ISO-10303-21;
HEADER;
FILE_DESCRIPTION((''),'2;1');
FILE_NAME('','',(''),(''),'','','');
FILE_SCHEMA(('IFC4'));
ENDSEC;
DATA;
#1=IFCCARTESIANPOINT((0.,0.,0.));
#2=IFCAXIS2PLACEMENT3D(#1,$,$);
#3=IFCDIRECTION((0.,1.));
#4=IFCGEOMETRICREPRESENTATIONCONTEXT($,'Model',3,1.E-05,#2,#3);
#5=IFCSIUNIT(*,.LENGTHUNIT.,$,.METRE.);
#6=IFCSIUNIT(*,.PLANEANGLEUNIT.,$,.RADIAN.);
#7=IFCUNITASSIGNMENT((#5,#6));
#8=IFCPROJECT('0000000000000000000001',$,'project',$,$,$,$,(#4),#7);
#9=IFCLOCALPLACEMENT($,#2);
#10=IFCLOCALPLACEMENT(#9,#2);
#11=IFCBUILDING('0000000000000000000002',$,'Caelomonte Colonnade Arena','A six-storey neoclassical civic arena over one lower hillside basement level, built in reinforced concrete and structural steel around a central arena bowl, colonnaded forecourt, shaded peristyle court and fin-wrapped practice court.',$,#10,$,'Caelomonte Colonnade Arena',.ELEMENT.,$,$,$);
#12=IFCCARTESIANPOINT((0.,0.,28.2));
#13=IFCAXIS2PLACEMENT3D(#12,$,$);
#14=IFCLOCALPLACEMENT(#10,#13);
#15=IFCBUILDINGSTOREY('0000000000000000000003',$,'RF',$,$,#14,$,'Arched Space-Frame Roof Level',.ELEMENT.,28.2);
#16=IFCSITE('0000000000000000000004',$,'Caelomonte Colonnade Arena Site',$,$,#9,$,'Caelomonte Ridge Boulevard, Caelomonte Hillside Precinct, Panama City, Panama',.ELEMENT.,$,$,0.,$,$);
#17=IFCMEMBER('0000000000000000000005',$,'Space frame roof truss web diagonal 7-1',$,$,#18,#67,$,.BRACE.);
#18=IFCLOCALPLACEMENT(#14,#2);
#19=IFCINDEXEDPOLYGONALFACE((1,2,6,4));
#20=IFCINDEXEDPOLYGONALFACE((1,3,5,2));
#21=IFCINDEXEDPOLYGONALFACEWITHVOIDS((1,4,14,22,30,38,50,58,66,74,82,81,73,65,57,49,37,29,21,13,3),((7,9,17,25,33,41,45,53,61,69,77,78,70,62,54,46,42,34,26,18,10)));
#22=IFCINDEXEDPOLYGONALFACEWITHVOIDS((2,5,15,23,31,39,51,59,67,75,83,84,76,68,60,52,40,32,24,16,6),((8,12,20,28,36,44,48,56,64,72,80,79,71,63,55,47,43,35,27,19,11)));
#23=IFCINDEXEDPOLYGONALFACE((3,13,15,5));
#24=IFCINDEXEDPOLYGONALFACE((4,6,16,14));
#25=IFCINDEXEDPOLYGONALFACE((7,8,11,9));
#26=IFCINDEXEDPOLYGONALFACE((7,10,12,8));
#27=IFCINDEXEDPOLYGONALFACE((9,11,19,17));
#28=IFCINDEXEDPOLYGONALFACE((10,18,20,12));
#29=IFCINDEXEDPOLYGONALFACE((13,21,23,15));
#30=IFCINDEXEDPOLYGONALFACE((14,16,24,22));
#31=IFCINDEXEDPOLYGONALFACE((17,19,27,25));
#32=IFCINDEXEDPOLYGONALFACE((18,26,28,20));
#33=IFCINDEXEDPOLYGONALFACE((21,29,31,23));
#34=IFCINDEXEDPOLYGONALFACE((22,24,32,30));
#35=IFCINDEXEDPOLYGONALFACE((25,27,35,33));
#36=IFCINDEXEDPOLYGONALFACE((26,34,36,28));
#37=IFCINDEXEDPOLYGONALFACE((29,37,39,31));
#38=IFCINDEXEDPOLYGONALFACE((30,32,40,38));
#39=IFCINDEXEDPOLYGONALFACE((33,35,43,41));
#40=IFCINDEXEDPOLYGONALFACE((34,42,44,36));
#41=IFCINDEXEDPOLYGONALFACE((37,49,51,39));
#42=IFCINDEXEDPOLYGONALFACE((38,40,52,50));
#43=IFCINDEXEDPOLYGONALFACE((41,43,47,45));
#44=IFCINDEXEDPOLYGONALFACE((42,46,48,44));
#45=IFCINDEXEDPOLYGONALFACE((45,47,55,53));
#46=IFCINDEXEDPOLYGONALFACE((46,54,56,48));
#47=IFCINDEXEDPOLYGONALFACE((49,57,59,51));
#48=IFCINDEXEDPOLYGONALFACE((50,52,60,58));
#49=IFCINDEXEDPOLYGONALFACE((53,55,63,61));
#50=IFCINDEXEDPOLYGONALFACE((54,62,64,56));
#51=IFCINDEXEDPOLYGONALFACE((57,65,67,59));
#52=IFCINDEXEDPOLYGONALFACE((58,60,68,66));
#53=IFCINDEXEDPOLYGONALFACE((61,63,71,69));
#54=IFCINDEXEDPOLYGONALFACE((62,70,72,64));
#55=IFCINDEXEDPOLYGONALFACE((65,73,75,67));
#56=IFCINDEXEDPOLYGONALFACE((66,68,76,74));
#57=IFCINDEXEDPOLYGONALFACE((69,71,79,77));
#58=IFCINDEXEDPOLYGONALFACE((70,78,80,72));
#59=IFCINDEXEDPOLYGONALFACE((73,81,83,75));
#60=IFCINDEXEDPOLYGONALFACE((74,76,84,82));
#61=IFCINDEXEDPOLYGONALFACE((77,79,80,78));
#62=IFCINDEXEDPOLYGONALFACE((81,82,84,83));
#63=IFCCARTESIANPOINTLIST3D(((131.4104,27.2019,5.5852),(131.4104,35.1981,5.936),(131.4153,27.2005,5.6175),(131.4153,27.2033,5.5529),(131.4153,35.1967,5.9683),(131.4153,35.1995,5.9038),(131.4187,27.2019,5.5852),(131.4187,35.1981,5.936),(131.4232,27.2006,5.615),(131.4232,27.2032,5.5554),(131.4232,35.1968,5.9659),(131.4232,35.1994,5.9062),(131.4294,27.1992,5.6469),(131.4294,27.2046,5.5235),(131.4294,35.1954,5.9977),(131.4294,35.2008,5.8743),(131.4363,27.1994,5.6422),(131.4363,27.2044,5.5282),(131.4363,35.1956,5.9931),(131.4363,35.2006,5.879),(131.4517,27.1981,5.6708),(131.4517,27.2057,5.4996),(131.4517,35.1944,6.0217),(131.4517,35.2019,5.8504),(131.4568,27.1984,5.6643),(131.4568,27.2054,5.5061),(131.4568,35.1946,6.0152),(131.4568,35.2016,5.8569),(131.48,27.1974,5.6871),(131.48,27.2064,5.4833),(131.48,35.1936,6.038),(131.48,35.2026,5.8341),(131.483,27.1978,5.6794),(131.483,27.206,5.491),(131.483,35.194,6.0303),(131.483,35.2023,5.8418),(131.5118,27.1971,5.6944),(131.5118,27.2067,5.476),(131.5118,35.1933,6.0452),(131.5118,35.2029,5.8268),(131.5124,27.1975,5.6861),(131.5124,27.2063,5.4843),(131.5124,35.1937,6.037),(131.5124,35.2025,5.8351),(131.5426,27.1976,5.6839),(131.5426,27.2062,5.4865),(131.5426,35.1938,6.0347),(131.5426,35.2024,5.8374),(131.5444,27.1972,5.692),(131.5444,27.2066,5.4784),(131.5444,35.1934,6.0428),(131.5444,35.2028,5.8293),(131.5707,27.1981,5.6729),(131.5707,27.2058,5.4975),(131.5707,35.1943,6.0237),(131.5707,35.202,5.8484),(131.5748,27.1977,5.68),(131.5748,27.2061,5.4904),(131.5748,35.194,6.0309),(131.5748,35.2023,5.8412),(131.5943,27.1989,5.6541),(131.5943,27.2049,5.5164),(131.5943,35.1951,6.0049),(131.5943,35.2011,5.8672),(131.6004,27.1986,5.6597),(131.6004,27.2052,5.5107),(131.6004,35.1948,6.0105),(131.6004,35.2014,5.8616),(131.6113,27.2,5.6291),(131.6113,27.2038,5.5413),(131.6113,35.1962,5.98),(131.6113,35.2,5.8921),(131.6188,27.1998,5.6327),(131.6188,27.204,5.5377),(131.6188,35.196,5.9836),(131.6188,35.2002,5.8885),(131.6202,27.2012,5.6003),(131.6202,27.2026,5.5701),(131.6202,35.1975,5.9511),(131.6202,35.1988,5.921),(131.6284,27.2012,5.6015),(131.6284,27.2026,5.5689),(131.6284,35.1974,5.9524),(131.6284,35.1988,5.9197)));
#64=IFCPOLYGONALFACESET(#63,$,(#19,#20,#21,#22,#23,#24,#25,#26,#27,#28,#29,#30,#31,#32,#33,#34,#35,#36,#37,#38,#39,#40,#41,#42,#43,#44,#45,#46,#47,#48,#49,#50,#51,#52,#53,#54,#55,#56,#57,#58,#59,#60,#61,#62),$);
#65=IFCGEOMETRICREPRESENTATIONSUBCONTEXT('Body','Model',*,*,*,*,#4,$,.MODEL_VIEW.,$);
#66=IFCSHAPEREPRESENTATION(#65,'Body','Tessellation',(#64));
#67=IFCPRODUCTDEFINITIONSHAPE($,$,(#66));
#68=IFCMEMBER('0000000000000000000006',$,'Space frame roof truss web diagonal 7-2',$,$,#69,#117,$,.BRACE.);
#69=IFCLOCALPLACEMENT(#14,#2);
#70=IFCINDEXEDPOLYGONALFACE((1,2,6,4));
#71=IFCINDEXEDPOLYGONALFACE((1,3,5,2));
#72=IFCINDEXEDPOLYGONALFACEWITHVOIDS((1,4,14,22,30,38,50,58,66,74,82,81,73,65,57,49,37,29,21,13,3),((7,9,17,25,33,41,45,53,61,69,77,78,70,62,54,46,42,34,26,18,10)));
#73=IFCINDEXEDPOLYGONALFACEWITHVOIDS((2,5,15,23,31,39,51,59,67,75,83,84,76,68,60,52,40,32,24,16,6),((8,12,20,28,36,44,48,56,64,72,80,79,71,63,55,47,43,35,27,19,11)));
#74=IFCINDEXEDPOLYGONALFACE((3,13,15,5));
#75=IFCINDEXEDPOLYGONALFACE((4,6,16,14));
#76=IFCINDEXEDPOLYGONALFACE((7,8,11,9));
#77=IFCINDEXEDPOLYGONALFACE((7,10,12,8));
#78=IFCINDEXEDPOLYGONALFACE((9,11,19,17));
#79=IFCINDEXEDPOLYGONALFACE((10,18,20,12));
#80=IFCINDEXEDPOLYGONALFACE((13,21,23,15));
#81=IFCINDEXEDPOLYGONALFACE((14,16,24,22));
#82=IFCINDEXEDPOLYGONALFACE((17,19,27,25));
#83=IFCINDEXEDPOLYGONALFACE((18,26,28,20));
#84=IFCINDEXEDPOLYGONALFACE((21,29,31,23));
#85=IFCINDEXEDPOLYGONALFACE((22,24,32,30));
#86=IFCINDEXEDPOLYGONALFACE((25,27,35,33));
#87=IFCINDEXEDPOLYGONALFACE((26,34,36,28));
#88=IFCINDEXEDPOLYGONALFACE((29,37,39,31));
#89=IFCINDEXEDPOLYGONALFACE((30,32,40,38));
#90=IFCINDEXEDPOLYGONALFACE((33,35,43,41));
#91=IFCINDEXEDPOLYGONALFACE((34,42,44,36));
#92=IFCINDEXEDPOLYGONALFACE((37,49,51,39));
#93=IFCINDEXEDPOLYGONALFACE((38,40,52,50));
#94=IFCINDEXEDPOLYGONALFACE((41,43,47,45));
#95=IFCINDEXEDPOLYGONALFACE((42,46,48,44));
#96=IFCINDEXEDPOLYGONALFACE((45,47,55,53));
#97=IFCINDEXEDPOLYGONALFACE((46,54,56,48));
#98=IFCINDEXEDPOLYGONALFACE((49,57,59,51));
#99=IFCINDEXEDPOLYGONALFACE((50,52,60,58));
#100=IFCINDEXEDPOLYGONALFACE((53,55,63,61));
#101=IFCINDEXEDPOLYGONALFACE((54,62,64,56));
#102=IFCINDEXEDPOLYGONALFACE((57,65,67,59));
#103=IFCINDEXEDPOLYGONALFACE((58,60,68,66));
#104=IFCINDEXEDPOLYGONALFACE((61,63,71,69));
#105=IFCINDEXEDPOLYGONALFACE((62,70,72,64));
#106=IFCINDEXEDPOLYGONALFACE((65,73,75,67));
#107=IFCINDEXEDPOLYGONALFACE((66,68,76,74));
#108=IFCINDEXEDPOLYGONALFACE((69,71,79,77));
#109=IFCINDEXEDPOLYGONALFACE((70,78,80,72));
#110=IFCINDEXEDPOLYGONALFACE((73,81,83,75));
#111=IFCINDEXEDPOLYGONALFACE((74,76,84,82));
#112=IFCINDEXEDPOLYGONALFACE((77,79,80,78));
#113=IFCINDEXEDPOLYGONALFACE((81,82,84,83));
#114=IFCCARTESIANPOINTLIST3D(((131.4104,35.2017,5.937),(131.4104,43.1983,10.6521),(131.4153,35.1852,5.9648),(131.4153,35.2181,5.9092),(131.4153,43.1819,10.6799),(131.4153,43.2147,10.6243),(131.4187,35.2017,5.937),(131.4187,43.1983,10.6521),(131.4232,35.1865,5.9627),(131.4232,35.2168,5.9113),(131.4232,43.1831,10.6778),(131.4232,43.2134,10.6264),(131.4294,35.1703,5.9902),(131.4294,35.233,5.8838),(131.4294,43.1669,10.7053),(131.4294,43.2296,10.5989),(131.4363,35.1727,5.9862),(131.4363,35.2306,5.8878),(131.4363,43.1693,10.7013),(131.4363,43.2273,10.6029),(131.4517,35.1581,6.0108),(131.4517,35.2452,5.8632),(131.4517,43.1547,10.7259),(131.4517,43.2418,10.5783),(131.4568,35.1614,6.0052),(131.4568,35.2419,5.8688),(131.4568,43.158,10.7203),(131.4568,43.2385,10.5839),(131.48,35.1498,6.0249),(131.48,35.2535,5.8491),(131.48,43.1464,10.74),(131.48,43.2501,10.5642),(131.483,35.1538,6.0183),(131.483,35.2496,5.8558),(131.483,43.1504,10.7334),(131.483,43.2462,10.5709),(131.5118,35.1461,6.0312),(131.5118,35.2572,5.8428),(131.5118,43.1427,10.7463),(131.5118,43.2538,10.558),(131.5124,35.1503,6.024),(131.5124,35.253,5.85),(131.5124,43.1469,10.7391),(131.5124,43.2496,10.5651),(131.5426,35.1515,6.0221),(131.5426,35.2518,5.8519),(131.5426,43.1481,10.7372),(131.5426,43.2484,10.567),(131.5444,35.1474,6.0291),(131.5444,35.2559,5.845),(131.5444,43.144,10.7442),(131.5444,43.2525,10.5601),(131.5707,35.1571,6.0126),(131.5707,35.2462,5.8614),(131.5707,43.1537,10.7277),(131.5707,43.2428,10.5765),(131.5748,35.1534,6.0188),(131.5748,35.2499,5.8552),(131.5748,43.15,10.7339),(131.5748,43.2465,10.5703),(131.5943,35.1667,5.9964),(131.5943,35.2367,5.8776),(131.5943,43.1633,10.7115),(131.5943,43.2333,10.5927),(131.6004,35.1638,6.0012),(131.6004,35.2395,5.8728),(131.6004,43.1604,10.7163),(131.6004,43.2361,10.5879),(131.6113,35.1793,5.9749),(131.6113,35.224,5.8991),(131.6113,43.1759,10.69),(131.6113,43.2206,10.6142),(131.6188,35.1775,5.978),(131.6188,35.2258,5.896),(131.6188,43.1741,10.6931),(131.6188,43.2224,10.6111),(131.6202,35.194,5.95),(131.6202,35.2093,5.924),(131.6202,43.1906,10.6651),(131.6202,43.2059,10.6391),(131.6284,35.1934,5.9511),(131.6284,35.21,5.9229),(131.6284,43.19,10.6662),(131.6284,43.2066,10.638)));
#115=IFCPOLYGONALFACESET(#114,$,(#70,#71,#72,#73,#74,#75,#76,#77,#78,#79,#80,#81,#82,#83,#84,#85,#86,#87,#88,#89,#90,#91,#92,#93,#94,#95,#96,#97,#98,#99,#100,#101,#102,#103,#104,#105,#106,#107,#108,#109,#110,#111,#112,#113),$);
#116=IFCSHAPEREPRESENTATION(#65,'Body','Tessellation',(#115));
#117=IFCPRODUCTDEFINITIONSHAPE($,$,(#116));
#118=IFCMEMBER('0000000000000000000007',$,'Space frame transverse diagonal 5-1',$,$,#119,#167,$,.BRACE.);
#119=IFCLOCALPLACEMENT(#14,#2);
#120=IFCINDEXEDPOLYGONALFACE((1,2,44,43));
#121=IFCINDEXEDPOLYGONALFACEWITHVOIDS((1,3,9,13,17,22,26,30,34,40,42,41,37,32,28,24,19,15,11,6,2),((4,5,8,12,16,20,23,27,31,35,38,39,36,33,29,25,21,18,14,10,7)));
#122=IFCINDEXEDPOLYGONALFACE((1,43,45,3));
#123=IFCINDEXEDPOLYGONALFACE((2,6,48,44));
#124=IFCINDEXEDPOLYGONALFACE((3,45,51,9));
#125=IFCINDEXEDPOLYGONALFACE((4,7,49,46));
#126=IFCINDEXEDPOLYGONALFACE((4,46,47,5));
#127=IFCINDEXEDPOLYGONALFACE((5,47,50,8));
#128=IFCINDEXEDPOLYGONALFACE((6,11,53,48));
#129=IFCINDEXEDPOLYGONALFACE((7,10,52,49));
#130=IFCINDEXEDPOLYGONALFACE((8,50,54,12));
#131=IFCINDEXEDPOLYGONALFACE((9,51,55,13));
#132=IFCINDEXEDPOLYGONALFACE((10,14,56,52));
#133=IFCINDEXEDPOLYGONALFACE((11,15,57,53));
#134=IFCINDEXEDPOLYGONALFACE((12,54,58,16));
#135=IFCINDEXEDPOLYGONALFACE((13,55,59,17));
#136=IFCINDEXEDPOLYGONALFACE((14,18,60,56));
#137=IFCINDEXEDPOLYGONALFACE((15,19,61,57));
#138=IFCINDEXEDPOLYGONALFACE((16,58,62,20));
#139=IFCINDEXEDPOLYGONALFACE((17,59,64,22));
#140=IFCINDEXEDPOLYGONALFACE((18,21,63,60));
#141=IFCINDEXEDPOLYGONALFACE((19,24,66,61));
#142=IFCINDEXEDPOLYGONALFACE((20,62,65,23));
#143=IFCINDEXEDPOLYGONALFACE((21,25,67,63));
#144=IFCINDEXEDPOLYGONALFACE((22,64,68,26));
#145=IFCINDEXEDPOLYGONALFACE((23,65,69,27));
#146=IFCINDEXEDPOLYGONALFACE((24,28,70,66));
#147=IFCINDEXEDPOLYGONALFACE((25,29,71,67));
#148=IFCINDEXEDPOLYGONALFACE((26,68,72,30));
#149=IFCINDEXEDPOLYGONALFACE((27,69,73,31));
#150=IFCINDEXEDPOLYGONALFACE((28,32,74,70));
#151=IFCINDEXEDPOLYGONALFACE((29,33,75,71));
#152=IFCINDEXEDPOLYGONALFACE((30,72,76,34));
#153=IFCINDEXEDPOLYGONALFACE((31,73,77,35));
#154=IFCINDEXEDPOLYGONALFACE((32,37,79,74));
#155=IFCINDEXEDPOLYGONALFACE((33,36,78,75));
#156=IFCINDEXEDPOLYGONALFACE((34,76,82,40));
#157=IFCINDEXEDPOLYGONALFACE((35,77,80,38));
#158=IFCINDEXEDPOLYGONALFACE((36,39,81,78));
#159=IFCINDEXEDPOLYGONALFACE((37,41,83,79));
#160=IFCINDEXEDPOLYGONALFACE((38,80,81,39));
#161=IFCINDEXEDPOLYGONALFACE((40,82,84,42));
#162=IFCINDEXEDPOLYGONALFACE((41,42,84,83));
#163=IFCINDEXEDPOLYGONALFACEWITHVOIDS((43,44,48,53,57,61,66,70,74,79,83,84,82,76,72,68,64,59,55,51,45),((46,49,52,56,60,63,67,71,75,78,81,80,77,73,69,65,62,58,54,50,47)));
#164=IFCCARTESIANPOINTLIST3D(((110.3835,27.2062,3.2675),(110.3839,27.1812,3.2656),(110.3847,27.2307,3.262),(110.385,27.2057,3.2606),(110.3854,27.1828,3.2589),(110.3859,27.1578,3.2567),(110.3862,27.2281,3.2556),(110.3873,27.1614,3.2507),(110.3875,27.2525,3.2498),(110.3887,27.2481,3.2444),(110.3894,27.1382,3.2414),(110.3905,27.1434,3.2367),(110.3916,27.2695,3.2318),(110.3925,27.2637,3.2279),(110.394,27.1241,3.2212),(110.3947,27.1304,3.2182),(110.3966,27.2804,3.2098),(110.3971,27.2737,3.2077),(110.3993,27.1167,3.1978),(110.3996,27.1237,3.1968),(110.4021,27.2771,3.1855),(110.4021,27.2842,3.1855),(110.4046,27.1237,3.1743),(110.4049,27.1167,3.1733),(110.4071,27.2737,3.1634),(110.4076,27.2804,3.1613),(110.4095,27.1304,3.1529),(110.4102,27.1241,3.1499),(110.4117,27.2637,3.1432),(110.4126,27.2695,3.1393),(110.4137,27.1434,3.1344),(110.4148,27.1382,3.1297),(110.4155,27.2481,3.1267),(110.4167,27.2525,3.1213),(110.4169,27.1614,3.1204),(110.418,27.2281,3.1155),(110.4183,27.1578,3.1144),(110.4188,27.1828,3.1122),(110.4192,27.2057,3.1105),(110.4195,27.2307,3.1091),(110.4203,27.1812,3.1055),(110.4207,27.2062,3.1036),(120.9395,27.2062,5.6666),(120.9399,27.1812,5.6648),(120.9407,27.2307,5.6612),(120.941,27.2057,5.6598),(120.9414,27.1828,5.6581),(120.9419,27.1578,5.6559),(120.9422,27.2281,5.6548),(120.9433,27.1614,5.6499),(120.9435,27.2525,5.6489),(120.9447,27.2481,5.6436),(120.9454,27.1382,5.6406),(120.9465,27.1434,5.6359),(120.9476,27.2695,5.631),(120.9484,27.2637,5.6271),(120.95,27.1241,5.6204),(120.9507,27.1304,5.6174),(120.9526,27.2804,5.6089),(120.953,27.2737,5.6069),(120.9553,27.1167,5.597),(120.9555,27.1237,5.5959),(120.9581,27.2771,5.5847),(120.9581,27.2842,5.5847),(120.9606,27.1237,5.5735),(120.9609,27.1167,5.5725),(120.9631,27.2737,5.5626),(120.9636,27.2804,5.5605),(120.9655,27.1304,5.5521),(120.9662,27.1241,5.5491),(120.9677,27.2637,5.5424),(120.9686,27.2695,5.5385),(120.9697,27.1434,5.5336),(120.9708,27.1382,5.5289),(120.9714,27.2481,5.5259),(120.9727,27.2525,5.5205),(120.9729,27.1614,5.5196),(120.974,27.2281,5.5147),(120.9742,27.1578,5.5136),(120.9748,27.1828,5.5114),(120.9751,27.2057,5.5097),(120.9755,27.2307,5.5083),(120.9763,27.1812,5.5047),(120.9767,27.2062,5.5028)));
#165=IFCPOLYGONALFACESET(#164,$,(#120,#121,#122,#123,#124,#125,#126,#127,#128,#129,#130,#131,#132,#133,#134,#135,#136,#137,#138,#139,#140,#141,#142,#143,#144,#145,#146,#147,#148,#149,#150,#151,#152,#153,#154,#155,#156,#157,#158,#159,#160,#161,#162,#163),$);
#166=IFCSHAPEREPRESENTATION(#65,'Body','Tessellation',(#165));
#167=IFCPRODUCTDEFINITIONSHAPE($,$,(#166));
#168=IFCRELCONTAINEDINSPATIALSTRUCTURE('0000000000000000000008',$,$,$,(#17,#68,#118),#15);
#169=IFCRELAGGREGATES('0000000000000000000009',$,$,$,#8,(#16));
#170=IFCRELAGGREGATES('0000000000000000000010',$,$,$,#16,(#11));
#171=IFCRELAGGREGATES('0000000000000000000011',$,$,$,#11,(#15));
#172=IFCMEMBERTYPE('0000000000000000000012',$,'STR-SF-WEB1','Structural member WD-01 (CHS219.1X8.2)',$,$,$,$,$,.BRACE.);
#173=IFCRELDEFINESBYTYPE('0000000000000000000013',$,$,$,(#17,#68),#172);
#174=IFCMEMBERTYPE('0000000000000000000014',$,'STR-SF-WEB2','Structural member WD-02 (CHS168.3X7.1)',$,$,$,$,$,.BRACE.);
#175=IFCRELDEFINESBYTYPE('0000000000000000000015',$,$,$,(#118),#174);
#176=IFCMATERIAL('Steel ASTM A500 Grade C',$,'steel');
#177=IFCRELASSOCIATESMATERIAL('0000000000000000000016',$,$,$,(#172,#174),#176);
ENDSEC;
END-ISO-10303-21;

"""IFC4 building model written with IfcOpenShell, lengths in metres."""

from ifc_helpers import new_model, si_unit, direction, frame, origin, origin_2d, place, context, subcontext, project, spatial, hollow_circle, extrude, material, material_profile, profile_set, type_object, element, save


model = new_model("IFC4")

# Units and contexts
model_context = context("Model", 3, precision=1e-05, world=origin(), true_north=direction((0.0, 1.0)))
body_context = subcontext(model_context, "Body", "Model", "MODEL_VIEW")
ifc_project = project(units=[si_unit("LENGTHUNIT", "METRE"), si_unit("PLANEANGLEUNIT", "RADIAN")], contexts=[model_context])

# Site, building, storey
site_placement = place(None, origin())
site = spatial("IfcSite", under=ifc_project, at=site_placement, Name="Caelomonte Colonnade Arena Site", LongName="Caelomonte Ridge Boulevard, Caelomonte Hillside Precinct, Panama City, Panama", CompositionType="ELEMENT", RefElevation=0.0)
building_placement = place(site_placement, origin())
building = spatial("IfcBuilding", under=site, at=building_placement, Name="Caelomonte Colonnade Arena", Description="A six-storey neoclassical civic arena over one lower hillside basement level, built in reinforced concrete and structural steel around a central arena bowl, colonnaded forecourt, shaded peristyle court and fin-wrapped practice court.", LongName="Caelomonte Colonnade Arena", CompositionType="ELEMENT")
storey_placement = place(building_placement, frame((0.0, 0.0, 28.2)))
storey = spatial("IfcBuildingStorey", under=building, at=storey_placement, Name="RF", LongName="Arched Space-Frame Roof Level", CompositionType="ELEMENT", Elevation=28.2)

# Members
ifc_material_1 = material(Name="Steel ASTM A500 Grade C", Category="steel")
ifc_material_profile_1 = material_profile(ifc_material_1, hollow_circle(Radius=0.1096, WallThickness=0.0083, at=origin_2d()), Name="CHS219.1X8.2")
ifc_profile_set_1 = profile_set([ifc_material_profile_1], Name="Steel ASTM A500 Grade C")
member_type_1 = type_object("IfcMemberType", Name="STR-SF-WEB1", Description="Structural member WD-01 (CHS219.1X8.2)", PredefinedType="BRACE", material=ifc_profile_set_1)
member_1_placement = place(storey_placement, frame((131.52, 27.2019, 5.5852), z_axis=(0.0, 0.999039, 0.043833), x_axis=(-1.0, 0.0, 0.0)))
element("IfcMember", 1, at=member_1_placement, inside=storey, type_object=member_type_1, Name="Space frame roof truss web diagonal 7-1", PredefinedType="BRACE", context=body_context, shape_type="SweptSolid", body=[
    extrude(hollow_circle(Radius=0.1096, WallThickness=0.0083, at=origin_2d()), origin(), (0.0, 0.0, 1.0), 8.0039),
])
member_2_placement = place(storey_placement, frame((131.52, 35.2017, 5.937), z_axis=(0.0, 0.861406, 0.507917), x_axis=(-1.0, 0.0, 0.0)))
element("IfcMember", 2, at=member_2_placement, inside=storey, type_object=member_type_1, Name="Space frame roof truss web diagonal 7-2", PredefinedType="BRACE", context=body_context, shape_type="SweptSolid", body=[
    extrude(hollow_circle(Radius=0.1096, WallThickness=0.0083, at=origin_2d()), origin(), (0.0, 0.0, 1.0), 9.2832),
])
ifc_material_profile_2 = material_profile(ifc_material_1, hollow_circle(Radius=0.0842, WallThickness=0.0071, at=origin_2d()), Name="CHS168.3X7.1")
ifc_profile_set_2 = profile_set([ifc_material_profile_2], Name="Steel ASTM A500 Grade C")
member_type_2 = type_object("IfcMemberType", Name="STR-SF-WEB2", Description="Structural member WD-02 (CHS168.3X7.1)", PredefinedType="BRACE", material=ifc_profile_set_2)
member_3_placement = place(storey_placement, frame((110.4021, 27.2, 3.1855), z_axis=(0.975131, 0.0, 0.22163), x_axis=(0.0, 1.0, 0.0)))
element("IfcMember", 3, at=member_3_placement, inside=storey, type_object=member_type_2, Name="Space frame transverse diagonal 5-1", PredefinedType="BRACE", context=body_context, shape_type="SweptSolid", body=[
    extrude(hollow_circle(Radius=0.0842, WallThickness=0.0071, at=origin_2d()), origin(), (0.0, 0.0, 1.0), 10.8252),
])

save(model, "model.ifc")
